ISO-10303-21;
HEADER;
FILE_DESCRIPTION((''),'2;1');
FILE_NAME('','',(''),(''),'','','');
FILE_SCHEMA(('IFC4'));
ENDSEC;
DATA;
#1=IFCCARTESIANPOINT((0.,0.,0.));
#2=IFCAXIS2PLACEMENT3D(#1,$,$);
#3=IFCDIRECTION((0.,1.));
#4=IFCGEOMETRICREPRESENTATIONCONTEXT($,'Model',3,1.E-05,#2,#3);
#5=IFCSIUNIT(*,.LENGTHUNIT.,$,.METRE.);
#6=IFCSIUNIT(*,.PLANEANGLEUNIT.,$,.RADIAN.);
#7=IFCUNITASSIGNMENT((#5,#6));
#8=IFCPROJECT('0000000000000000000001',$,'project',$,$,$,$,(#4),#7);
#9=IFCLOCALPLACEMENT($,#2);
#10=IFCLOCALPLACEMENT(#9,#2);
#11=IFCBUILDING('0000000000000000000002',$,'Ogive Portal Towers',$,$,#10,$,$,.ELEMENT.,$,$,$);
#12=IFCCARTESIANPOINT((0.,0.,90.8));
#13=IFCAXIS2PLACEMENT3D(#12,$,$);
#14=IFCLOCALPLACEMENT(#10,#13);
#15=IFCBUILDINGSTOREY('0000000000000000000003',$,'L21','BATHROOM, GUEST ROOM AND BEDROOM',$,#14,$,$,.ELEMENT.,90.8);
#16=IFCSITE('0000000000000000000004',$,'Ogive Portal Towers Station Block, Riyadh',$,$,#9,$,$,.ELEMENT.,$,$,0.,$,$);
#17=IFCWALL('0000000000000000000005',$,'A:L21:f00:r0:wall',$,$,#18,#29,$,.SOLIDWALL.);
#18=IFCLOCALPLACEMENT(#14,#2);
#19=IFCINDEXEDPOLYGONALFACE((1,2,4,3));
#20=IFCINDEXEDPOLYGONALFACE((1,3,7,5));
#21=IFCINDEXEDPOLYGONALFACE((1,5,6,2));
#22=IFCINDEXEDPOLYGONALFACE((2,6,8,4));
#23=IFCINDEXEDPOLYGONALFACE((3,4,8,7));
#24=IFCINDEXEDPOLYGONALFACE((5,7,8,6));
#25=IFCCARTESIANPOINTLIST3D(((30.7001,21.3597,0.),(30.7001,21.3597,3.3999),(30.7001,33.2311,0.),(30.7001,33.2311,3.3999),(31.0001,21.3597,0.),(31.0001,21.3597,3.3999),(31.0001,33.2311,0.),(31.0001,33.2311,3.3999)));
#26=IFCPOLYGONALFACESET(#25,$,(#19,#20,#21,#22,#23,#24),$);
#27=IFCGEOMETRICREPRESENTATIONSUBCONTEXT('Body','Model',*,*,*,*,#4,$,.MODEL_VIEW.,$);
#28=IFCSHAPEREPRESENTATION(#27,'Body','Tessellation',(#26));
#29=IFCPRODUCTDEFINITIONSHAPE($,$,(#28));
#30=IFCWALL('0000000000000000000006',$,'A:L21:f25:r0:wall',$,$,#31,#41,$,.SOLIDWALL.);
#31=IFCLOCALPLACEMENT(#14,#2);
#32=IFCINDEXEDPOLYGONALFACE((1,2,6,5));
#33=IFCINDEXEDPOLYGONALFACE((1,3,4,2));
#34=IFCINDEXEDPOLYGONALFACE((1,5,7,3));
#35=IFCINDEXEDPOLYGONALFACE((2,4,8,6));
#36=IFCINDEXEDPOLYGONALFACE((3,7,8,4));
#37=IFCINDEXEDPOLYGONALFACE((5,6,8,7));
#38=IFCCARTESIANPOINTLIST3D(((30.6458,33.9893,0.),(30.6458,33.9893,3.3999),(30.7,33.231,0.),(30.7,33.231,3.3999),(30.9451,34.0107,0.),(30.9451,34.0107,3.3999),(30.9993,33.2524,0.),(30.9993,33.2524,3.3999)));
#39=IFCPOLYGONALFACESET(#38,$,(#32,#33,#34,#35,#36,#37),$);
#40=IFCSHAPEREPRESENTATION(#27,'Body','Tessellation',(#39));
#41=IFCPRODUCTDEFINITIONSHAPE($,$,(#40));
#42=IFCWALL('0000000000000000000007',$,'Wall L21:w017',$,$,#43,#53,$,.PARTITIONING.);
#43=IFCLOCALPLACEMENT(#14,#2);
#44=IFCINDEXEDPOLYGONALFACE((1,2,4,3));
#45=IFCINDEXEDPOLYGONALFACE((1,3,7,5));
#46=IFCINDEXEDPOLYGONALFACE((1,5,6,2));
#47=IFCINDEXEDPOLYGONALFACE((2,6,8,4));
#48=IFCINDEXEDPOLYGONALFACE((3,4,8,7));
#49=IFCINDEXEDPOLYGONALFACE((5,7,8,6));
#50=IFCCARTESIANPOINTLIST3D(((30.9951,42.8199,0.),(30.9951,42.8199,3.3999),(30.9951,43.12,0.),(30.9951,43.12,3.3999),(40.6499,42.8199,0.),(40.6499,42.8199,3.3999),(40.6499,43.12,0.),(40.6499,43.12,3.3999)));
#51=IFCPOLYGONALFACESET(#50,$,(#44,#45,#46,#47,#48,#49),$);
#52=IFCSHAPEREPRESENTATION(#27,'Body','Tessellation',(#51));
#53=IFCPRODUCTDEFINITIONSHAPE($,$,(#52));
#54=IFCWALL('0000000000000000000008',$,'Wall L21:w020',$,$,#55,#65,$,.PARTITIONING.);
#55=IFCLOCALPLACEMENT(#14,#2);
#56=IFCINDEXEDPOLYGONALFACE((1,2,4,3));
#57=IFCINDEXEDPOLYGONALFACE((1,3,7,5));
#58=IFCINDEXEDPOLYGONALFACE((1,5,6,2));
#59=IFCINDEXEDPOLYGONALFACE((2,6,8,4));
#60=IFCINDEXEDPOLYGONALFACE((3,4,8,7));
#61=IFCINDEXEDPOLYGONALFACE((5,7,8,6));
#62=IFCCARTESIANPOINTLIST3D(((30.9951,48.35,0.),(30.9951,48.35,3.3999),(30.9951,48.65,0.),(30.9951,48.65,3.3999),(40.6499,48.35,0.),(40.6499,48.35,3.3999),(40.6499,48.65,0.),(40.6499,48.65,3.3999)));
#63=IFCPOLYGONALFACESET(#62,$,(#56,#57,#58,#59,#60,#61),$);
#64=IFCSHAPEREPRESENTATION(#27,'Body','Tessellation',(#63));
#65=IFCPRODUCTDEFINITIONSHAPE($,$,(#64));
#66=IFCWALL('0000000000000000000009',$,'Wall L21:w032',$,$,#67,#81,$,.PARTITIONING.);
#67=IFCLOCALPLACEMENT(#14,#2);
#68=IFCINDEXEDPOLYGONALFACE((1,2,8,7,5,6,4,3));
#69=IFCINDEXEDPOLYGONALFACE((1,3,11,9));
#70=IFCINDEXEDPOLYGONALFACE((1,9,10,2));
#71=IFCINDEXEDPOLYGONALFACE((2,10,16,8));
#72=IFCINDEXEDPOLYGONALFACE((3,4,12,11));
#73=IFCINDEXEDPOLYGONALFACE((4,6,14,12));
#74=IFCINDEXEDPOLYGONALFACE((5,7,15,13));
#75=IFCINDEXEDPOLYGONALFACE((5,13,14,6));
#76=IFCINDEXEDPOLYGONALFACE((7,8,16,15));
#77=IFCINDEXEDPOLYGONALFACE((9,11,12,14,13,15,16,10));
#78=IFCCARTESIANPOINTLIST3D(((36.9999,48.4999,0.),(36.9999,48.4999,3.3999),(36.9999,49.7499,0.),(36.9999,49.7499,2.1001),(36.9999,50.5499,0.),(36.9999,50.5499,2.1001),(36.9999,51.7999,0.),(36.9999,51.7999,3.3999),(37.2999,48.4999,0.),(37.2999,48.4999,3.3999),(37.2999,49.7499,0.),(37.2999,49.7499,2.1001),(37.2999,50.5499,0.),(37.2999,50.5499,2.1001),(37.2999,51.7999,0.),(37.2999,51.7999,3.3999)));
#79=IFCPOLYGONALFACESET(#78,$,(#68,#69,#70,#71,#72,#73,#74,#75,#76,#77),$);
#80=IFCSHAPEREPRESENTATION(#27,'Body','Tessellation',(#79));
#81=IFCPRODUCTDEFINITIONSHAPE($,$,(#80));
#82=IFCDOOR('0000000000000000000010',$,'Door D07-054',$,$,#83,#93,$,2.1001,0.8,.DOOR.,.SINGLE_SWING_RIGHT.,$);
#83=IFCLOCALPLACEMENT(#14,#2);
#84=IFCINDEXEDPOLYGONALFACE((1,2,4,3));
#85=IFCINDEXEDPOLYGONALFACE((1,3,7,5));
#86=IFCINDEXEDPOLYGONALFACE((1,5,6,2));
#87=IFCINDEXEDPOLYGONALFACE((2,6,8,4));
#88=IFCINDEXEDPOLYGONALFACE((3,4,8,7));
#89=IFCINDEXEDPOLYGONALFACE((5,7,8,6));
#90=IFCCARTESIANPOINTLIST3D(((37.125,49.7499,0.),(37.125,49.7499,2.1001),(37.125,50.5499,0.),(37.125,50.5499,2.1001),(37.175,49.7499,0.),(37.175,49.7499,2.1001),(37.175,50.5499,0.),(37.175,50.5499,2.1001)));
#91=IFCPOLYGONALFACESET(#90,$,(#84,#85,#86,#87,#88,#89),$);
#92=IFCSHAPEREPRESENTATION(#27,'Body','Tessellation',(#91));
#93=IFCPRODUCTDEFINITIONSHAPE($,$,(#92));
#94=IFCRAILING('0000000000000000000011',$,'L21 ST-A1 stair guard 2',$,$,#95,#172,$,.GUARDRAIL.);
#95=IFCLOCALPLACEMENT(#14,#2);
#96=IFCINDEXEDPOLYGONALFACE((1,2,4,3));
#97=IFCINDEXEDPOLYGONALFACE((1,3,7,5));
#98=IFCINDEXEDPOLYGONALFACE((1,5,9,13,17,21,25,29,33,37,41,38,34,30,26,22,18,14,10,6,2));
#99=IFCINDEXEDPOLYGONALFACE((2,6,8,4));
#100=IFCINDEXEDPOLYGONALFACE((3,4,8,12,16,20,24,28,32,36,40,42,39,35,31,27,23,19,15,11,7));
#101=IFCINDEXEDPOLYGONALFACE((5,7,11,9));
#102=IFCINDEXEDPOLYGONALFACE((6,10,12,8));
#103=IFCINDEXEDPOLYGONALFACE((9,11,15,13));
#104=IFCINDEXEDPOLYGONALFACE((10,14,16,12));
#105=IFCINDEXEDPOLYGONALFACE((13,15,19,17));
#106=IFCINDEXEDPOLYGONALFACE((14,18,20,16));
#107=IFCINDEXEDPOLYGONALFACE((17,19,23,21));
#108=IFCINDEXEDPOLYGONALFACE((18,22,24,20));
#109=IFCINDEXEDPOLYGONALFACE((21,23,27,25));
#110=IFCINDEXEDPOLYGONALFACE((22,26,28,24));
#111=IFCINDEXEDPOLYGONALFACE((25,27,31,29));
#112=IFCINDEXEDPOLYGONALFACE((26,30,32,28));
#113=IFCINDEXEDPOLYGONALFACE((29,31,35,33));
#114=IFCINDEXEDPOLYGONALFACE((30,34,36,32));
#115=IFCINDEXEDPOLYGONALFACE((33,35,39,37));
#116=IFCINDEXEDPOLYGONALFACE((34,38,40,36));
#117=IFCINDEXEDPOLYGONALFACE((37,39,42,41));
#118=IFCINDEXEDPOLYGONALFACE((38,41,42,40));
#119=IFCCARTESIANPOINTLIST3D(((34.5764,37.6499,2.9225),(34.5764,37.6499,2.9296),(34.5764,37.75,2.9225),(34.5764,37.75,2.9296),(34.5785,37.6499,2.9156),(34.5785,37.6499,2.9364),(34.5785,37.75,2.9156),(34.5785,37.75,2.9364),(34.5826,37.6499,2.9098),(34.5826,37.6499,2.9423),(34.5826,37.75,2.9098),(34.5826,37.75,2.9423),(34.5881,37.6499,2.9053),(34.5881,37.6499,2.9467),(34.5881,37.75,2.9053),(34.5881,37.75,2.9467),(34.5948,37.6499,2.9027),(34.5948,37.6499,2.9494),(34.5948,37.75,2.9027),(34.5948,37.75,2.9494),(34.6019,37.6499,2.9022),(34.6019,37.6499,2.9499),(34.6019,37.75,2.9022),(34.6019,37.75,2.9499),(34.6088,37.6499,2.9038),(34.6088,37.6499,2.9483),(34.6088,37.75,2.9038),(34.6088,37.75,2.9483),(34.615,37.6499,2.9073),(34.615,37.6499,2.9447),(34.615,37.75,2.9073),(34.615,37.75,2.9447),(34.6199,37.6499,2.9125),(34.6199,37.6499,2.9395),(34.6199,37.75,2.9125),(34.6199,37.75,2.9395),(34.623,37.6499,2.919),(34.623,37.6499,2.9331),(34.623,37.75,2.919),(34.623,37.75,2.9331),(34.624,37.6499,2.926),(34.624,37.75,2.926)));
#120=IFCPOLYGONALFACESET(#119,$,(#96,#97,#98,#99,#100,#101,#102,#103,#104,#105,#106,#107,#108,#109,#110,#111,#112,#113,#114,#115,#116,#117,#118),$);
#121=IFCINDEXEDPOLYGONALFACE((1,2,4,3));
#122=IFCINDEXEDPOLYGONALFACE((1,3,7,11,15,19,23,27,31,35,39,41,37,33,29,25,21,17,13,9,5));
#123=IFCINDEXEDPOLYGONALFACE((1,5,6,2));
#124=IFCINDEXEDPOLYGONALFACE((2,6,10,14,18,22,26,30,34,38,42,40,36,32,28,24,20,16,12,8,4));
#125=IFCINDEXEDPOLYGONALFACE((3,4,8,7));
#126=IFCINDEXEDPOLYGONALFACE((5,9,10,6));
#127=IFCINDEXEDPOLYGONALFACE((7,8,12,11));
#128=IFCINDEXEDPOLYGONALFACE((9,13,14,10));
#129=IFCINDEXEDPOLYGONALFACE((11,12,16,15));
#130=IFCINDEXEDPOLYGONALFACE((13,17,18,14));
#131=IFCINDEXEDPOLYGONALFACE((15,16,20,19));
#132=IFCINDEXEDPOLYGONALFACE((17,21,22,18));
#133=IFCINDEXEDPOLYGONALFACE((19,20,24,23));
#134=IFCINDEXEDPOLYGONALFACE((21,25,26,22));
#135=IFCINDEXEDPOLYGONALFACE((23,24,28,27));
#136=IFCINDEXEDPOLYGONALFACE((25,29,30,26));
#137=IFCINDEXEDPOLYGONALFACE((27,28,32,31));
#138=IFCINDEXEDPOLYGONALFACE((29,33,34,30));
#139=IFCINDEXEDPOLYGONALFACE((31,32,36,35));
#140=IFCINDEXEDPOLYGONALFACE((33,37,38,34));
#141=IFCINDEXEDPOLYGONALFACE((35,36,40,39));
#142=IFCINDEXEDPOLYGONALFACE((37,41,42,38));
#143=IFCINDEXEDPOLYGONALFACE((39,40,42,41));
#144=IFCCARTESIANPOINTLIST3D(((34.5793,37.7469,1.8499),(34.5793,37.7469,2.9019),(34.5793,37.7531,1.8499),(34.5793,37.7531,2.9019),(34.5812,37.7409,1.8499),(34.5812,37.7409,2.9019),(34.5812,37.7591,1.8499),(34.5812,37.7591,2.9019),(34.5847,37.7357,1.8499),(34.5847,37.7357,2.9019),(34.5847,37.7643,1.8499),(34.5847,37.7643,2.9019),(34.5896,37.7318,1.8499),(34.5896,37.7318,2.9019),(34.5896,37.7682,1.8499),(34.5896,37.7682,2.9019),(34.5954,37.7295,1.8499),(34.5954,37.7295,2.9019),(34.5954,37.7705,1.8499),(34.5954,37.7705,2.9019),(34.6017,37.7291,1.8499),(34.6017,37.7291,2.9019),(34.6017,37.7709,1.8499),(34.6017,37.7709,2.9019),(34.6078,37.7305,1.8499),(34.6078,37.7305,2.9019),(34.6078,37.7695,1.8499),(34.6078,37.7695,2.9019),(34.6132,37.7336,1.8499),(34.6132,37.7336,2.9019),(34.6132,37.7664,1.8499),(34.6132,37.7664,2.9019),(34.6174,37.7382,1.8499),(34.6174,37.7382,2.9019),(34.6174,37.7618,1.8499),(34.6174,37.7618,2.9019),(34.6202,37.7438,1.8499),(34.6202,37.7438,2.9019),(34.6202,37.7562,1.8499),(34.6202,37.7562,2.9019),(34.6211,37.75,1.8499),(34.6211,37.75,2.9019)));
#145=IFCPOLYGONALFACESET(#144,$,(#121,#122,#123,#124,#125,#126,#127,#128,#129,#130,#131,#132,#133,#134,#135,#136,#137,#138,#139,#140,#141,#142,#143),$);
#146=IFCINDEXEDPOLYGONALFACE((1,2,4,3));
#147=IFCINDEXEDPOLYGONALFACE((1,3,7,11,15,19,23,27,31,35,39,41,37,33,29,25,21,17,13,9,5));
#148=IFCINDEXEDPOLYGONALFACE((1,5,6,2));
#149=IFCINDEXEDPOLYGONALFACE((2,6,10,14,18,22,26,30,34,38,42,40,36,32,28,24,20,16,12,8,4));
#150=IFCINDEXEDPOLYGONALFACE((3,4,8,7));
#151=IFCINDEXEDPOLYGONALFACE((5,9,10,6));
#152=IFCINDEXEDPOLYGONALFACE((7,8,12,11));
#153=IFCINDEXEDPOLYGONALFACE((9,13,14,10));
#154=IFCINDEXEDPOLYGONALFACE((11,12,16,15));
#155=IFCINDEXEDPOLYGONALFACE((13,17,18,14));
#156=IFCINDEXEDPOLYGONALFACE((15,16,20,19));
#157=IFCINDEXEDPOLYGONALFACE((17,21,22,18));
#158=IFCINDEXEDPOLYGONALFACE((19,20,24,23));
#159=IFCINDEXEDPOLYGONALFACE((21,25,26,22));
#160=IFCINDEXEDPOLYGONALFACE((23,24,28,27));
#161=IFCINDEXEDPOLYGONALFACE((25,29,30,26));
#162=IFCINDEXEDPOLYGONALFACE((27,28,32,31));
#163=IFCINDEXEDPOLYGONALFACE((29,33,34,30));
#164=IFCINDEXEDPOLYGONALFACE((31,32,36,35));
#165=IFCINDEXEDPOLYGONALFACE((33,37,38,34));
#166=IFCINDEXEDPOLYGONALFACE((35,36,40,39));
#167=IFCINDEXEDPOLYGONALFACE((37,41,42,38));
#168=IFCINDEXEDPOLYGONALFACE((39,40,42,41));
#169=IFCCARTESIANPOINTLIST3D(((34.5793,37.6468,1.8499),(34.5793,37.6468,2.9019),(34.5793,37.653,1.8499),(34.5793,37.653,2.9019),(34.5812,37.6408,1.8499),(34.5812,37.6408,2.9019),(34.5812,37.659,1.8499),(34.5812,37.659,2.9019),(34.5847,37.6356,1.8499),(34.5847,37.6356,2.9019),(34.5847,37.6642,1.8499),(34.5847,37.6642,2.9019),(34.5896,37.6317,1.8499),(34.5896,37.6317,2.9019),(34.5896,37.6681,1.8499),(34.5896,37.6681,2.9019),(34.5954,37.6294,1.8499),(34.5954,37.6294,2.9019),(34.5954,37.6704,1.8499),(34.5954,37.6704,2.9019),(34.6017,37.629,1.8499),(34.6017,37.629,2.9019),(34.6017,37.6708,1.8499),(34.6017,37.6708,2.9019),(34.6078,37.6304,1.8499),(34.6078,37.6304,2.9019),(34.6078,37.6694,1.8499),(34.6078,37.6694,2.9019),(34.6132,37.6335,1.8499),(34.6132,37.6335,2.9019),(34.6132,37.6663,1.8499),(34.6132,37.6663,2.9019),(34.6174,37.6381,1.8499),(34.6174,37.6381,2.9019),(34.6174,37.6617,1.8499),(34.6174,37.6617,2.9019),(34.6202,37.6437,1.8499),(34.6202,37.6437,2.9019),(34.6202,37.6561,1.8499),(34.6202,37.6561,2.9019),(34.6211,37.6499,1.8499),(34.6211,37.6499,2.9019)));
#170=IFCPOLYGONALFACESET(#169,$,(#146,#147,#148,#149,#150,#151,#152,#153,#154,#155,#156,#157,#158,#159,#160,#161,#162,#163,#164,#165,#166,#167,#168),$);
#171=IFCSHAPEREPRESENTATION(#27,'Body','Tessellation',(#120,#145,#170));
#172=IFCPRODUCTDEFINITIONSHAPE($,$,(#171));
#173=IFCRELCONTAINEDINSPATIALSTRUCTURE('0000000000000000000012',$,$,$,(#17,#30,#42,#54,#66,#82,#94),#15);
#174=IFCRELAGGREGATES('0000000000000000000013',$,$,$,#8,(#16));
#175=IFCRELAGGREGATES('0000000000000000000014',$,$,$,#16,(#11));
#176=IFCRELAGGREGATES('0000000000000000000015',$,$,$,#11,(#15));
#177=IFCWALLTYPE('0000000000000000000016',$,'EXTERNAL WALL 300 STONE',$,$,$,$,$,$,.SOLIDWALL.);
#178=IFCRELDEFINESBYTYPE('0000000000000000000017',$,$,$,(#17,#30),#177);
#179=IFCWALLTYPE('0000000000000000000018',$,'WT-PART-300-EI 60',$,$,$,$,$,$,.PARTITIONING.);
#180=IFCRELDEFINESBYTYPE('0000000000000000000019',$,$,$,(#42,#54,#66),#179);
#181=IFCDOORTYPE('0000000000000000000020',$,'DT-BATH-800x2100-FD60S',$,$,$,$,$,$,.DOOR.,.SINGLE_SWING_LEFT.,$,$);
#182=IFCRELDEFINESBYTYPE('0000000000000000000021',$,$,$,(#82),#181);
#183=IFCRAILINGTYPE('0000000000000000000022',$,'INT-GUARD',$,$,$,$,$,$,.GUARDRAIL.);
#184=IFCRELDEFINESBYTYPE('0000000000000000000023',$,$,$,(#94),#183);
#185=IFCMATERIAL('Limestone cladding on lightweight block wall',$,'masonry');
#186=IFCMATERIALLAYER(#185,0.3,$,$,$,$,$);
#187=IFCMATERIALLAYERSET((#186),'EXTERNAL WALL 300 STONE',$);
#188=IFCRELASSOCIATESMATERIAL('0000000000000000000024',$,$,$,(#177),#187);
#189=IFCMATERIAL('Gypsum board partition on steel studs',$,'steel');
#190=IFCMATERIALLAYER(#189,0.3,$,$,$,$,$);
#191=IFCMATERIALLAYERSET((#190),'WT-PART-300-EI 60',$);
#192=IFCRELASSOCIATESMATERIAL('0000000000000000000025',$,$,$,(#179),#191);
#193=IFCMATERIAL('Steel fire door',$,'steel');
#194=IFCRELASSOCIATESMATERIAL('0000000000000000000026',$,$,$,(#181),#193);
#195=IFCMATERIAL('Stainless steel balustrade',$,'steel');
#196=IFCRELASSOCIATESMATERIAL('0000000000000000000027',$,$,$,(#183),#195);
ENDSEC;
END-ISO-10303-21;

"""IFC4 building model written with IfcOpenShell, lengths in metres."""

from ifc_helpers import new_model, si_unit, direction, frame, frame_2d, origin, origin_2d, place, context, subcontext, project, spatial, rectangle, circle, extrude, material, layer, layer_set, type_object, element, fill, save


model = new_model("IFC4")

# Units and contexts
model_context = context("Model", 3, precision=1e-05, world=origin(), true_north=direction((0.0, 1.0)))
body_context = subcontext(model_context, "Body", "Model", "MODEL_VIEW")
ifc_project = project(units=[si_unit("LENGTHUNIT", "METRE"), si_unit("PLANEANGLEUNIT", "RADIAN")], contexts=[model_context])

# Site, building, storey
site_placement = place(None, origin())
site = spatial("IfcSite", under=ifc_project, at=site_placement, Name="Ogive Portal Towers Station Block, Riyadh", CompositionType="ELEMENT", RefElevation=0.0)
building_placement = place(site_placement, origin())
building = spatial("IfcBuilding", under=site, at=building_placement, Name="Ogive Portal Towers", CompositionType="ELEMENT")
storey_placement = place(building_placement, frame((0.0, 0.0, 90.8)))
storey = spatial("IfcBuildingStorey", under=building, at=storey_placement, Name="L21", Description="BATHROOM, GUEST ROOM AND BEDROOM", CompositionType="ELEMENT", Elevation=90.8)

# Shared definitions
ifc_material_1 = material(Name="Steel fire door", Category="steel")

# Walls
ifc_material_2 = material(Name="Limestone cladding on lightweight block wall", Category="masonry")
ifc_layer_1 = layer(ifc_material_2, 0.3)
ifc_layer_set_1 = layer_set([ifc_layer_1], Name="EXTERNAL WALL 300 STONE")
wall_type_1 = type_object("IfcWallType", Name="EXTERNAL WALL 300 STONE", PredefinedType="SOLIDWALL", material=ifc_layer_set_1)
wall_1_placement = place(storey_placement, frame((30.8501, 33.231, 0.0), z_axis=(0.0, 0.0, 1.0), x_axis=(0.0, -1.0, 0.0)))
element("IfcWall", 1, at=wall_1_placement, inside=storey, type_object=wall_type_1, Name="A:L21:f00:r0:wall", PredefinedType="SOLIDWALL", context=body_context, shape_type="SweptSolid", body=[
    extrude(rectangle(XDim=11.8713, YDim=0.3, at=frame_2d((5.9355, 0.0))), origin(), (0.0, 0.0, 1.0), 3.3999),
])
wall_2_placement = place(storey_placement, frame((30.7954, 34.0, 0.0), z_axis=(0.0, 0.0, 1.0), x_axis=(0.071293, -0.997455, 0.0)))
element("IfcWall", 2, at=wall_2_placement, inside=storey, type_object=wall_type_1, Name="A:L21:f25:r0:wall", PredefinedType="SOLIDWALL", context=body_context, shape_type="SweptSolid", body=[
    extrude(rectangle(XDim=0.7603, YDim=0.3, at=frame_2d((0.3801, 0.0))), origin(), (0.0, 0.0, 1.0), 3.3999),
])
ifc_material_3 = material(Name="Gypsum board partition on steel studs", Category="steel")
ifc_layer_2 = layer(ifc_material_3, 0.3)
ifc_layer_set_2 = layer_set([ifc_layer_2], Name="WT-PART-300-EI 60")
wall_type_2 = type_object("IfcWallType", Name="WT-PART-300-EI 60", PredefinedType="PARTITIONING", material=ifc_layer_set_2)
for number, where, z_axis, x_axis, name in (
    (3, (30.9951, 42.97, 0.0), (0.0, 0.0, 1.0), (1.0, 0.0, 0.0), "Wall L21:w017"),
    (4, (30.9951, 48.5, 0.0), (0.0, 0.0, 1.0), (1.0, 0.0, 0.0), "Wall L21:w020"),
):
    element("IfcWall", number, at=place(storey_placement, frame(where, z_axis=z_axis, x_axis=x_axis)), inside=storey, type_object=wall_type_2, Name=name, PredefinedType="PARTITIONING", context=body_context, shape_type="SweptSolid", body=[
        extrude(rectangle(XDim=9.6548, YDim=0.3, at=frame_2d((4.8274, 0.0))), origin(), (0.0, 0.0, 1.0), 3.3999),
    ])

# Wall, opening, door
wall_3_placement = place(storey_placement, frame((37.1499, 48.5, 0.0), z_axis=(0.0, 0.0, 1.0), x_axis=(0.0, 1.0, 0.0)))
wall_3 = element("IfcWall", 5, at=wall_3_placement, inside=storey, type_object=wall_type_2, Name="Wall L21:w032", PredefinedType="PARTITIONING", context=body_context, shape_type="SweptSolid", body=[
    extrude(rectangle(XDim=3.3, YDim=0.3, at=frame_2d((1.6499, 0.0))), origin(), (0.0, 0.0, 1.0), 3.3999),
])
opening_1_placement = place(wall_3_placement, frame((1.25, 0.0, 0.0)))
opening_1 = element("IfcOpeningElement", 6, at=opening_1_placement, cuts=wall_3, PredefinedType="OPENING", context=body_context, shape_type="SweptSolid", body=[
    extrude(rectangle(XDim=0.8, YDim=2.1001, at=frame_2d((0.3999, 1.05))), frame((0.0, 0.1602, 0.0), z_axis=(0.0, -1.0, 0.0), x_axis=(1.0, 0.0, 0.0)), (0.0, 0.0, 1.0), 0.3201),
])
door_type_1 = type_object("IfcDoorType", Name="DT-BATH-800x2100-FD60S", OperationType="SINGLE_SWING_LEFT", PredefinedType="DOOR", material=ifc_material_1)
door_1_placement = place(opening_1_placement, origin())
door_1 = element("IfcDoor", 7, at=door_1_placement, inside=storey, type_object=door_type_1, Name="Door D07-054", OperationType="SINGLE_SWING_RIGHT", OverallHeight=2.1001, OverallWidth=0.8, PredefinedType="DOOR", context=body_context, shape_type="SweptSolid", body=[
    extrude(rectangle(XDim=0.8, YDim=2.1001, at=frame_2d((0.3999, 1.05))), frame((0.0, 0.0249, 0.0), z_axis=(0.0, -1.0, 0.0), x_axis=(1.0, 0.0, 0.0)), (0.0, 0.0, 1.0), 0.05),
])
fill(opening_1, door_1)

# Railing
ifc_material_4 = material(Name="Stainless steel balustrade", Category="steel")
railing_type_1 = type_object("IfcRailingType", Name="INT-GUARD", PredefinedType="GUARDRAIL", material=ifc_material_4)
railing_1_placement = place(storey_placement, frame((34.6001, 37.75, 1.8499)))
element("IfcRailing", 8, at=railing_1_placement, inside=storey, type_object=railing_type_1, Name="L21 ST-A1 stair guard 2", PredefinedType="GUARDRAIL", context=body_context, shape_type="SweptSolid", body=[
    extrude(circle(Radius=0.0239, at=origin_2d()), frame((0.0, 0.0, 1.0762), z_axis=(0.0, -1.0, 0.0), x_axis=(1.0, 0.0, 0.0)), (0.0, 0.0, 1.0), 0.1001),
    extrude(circle(Radius=0.021, at=origin_2d()), origin(), (0.0, 0.0, 1.0), 1.052),
    extrude(circle(Radius=0.021, at=origin_2d()), frame((0.0, -0.1001, 0.0)), (0.0, 0.0, 1.0), 1.052),
])

save(model, "model.ifc")
